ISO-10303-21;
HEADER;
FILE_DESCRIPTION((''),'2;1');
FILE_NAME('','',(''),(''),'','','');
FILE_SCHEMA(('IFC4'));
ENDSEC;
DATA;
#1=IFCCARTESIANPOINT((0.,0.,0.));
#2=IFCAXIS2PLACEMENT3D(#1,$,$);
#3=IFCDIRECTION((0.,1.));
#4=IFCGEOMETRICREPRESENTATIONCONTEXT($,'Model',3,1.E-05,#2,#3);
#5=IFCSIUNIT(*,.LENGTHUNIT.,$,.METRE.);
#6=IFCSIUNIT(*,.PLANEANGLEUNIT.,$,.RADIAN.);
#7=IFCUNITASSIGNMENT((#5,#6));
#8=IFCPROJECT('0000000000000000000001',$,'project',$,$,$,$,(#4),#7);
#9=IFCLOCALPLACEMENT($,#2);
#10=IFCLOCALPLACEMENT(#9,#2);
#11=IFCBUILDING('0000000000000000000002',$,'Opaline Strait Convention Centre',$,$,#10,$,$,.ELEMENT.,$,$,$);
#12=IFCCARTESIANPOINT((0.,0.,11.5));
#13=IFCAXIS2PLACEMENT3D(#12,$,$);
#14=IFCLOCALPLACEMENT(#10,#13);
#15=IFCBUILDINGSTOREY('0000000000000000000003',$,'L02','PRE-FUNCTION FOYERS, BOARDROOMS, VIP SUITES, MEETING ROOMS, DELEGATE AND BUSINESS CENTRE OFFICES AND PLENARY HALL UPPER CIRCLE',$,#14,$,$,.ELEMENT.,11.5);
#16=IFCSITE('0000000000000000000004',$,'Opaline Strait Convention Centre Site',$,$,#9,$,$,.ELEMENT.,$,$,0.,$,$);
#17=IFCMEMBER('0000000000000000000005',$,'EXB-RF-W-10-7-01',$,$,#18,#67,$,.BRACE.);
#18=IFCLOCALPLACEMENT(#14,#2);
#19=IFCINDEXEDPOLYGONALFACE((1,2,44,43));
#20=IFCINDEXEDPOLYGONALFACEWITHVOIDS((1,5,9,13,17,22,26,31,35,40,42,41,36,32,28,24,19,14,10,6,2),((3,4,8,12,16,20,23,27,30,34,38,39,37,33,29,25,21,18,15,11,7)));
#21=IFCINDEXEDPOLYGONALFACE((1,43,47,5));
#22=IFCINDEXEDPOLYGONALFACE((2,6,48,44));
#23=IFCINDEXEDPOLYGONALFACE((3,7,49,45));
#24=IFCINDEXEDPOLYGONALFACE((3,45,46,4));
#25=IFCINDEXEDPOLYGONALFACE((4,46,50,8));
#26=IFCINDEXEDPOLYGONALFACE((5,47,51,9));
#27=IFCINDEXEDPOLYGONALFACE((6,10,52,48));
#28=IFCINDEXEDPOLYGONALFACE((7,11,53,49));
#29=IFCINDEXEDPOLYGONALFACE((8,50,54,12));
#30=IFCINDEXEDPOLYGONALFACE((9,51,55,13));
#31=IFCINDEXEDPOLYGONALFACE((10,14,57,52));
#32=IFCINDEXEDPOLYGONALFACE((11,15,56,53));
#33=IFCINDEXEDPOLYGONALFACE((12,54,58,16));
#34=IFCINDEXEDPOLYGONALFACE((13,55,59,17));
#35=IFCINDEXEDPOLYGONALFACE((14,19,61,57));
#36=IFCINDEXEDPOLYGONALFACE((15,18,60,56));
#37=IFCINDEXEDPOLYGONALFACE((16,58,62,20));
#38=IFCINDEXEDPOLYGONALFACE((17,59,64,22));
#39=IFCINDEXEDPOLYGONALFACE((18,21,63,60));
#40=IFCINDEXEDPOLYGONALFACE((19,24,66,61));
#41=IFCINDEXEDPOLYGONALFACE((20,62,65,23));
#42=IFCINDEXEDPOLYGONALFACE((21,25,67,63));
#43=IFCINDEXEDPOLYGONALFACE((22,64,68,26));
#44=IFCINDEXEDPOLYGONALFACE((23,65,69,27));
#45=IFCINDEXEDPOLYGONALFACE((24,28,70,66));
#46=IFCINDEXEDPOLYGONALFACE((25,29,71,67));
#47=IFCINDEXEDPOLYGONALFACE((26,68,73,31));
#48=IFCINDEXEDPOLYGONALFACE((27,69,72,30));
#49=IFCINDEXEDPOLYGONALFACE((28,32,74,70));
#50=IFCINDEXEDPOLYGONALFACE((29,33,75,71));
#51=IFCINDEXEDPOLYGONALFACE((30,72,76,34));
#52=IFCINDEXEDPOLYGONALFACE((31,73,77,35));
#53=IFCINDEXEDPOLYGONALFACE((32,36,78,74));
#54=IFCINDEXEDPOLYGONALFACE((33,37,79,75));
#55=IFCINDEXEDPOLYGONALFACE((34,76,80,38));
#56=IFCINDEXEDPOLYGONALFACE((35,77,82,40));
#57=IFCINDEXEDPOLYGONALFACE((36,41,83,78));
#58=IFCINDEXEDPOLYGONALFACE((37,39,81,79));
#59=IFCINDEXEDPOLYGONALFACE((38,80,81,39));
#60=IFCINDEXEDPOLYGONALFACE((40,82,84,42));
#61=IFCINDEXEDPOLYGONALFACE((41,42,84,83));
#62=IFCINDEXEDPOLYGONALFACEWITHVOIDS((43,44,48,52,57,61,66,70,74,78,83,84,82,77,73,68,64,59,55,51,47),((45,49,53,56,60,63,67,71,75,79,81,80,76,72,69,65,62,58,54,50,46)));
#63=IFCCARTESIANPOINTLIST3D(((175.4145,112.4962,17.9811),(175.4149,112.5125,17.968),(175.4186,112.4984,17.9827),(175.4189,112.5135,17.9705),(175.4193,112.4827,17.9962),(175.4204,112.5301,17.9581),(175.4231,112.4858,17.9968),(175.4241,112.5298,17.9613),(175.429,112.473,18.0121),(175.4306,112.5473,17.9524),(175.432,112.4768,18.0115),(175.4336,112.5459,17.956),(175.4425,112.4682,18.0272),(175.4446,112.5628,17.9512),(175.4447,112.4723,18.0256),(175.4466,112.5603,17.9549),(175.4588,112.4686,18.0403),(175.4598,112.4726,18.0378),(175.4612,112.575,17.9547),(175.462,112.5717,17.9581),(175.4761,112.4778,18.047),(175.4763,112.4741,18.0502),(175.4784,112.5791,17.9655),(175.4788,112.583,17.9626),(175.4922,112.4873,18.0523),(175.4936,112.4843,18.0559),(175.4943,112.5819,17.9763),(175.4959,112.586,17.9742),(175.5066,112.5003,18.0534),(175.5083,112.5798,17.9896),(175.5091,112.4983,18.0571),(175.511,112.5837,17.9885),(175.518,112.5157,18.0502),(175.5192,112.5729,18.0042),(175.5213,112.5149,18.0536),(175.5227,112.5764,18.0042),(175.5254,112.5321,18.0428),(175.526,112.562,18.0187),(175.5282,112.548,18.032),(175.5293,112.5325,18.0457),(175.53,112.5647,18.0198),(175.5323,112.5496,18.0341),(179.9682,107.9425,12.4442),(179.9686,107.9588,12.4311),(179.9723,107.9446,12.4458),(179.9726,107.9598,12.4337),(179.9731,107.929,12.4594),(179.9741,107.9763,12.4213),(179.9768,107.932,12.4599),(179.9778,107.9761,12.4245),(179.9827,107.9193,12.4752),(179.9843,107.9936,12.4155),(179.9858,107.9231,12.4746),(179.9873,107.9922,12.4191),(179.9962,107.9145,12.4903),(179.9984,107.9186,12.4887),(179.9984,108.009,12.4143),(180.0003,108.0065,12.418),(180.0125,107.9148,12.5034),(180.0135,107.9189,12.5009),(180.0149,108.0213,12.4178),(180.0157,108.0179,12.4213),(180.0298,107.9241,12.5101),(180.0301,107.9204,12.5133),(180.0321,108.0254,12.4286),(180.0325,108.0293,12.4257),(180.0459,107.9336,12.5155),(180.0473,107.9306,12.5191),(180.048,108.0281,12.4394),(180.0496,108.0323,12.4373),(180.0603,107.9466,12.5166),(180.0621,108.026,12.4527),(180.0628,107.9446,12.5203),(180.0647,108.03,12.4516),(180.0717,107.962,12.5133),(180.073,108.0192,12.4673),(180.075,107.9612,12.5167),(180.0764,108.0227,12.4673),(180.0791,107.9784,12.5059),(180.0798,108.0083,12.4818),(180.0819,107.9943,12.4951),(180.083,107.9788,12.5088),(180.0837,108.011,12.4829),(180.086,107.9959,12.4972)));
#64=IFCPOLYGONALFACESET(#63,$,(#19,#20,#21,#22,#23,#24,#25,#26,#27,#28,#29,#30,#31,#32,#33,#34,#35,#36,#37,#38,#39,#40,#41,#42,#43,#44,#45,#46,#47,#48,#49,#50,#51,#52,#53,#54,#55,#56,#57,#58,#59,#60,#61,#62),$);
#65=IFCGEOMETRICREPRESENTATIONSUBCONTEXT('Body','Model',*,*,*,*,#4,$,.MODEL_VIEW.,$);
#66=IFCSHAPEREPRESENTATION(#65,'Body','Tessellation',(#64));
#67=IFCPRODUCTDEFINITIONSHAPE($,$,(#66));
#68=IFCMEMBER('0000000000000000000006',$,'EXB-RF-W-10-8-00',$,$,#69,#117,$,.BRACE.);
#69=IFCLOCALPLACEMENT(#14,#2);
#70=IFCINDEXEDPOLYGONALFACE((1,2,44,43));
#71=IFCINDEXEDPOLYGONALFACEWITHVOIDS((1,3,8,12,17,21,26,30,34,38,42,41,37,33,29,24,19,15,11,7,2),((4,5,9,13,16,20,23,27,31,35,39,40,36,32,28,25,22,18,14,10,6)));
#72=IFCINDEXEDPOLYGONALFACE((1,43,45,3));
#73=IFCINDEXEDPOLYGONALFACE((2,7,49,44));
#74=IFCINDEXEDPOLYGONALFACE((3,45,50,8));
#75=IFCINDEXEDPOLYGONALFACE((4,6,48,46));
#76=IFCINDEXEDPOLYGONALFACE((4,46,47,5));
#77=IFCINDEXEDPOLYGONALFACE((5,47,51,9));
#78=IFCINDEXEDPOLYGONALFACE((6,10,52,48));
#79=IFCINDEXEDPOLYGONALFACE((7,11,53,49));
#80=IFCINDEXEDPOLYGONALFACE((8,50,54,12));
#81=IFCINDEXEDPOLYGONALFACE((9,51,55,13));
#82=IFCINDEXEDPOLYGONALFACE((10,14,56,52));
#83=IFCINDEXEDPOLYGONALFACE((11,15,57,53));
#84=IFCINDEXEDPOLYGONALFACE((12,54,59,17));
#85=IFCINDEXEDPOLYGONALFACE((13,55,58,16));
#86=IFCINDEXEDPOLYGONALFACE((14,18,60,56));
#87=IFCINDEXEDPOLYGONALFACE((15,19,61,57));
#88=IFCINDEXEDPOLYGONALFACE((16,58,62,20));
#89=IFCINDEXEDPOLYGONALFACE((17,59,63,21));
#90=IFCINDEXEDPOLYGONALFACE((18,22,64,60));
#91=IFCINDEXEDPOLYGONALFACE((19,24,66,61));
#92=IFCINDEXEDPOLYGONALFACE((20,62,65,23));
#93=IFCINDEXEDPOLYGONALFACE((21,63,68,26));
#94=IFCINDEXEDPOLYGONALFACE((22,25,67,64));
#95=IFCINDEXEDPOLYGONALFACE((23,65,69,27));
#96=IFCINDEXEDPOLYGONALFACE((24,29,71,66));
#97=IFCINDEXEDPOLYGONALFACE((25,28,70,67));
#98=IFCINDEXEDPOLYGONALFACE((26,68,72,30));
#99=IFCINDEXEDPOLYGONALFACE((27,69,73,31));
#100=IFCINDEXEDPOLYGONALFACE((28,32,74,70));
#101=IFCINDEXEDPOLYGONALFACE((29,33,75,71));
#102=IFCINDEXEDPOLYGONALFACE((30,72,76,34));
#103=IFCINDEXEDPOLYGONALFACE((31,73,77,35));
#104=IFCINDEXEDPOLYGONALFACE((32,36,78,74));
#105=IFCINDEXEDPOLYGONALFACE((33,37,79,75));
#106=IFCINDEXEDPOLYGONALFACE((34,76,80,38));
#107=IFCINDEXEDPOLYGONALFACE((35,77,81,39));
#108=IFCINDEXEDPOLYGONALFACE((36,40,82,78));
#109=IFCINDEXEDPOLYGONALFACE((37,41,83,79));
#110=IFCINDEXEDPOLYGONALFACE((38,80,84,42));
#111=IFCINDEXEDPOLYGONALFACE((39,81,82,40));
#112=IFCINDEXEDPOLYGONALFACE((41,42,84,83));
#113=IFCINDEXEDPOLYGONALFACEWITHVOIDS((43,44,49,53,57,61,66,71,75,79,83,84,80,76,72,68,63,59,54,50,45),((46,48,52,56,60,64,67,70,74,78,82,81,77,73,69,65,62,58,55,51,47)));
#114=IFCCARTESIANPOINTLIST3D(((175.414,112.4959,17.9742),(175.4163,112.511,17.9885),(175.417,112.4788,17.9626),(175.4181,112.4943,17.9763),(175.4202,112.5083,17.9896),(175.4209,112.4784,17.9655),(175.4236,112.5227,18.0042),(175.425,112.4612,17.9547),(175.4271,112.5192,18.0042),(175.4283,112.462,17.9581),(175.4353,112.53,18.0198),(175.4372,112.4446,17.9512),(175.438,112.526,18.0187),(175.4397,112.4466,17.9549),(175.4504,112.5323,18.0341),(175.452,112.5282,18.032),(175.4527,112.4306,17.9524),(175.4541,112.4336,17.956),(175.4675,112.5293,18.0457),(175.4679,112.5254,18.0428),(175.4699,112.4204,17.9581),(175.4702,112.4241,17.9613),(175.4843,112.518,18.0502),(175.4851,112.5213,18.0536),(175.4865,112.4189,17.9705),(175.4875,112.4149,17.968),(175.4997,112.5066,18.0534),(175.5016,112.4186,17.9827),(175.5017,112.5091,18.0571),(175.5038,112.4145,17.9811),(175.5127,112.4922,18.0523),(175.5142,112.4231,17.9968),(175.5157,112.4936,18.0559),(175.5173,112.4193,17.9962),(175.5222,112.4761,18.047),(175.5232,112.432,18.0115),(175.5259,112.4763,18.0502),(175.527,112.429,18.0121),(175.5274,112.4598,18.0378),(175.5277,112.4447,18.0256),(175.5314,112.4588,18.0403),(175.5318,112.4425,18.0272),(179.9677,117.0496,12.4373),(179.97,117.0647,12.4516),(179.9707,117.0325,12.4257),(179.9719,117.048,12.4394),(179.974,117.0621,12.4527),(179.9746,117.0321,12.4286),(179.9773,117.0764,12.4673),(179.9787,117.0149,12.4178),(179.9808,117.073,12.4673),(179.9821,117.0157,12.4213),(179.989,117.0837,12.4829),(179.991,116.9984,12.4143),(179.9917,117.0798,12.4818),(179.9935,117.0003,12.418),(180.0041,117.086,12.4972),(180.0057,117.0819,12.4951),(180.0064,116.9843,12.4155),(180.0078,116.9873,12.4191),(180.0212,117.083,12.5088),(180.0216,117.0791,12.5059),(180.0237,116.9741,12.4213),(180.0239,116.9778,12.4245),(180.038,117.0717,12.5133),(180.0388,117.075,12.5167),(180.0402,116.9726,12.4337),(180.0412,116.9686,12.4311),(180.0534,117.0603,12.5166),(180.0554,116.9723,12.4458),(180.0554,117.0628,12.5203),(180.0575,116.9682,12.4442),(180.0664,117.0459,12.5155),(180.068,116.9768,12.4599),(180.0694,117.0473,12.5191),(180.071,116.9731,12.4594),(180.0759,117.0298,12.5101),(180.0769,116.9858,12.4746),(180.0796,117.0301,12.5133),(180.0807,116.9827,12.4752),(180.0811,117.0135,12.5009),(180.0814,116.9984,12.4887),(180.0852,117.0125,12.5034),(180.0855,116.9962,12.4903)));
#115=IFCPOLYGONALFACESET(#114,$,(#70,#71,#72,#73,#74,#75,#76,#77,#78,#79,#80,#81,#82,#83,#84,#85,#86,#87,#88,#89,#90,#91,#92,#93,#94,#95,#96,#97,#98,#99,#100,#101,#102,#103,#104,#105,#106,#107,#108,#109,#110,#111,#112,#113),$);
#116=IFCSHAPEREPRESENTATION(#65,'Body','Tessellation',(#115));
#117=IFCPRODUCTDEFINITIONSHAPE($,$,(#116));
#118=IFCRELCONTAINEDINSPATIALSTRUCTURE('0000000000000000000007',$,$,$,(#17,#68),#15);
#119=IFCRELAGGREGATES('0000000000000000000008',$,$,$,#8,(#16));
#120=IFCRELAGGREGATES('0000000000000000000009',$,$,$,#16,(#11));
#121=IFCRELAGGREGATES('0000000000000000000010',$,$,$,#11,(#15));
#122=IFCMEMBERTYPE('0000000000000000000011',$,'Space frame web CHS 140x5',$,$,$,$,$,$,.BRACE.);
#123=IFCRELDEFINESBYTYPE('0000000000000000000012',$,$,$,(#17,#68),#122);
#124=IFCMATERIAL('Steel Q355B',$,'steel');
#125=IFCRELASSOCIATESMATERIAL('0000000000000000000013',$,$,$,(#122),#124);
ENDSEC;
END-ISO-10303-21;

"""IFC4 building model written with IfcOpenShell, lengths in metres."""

from ifc_helpers import new_model, si_unit, direction, frame, origin, origin_2d, place, context, subcontext, project, spatial, hollow_circle, extrude, material, material_profile, profile_set, type_object, element, save


model = new_model("IFC4")

# Units and contexts
model_context = context("Model", 3, precision=1e-05, world=origin(), true_north=direction((0.0, 1.0)))
body_context = subcontext(model_context, "Body", "Model", "MODEL_VIEW")
ifc_project = project(units=[si_unit("LENGTHUNIT", "METRE"), si_unit("PLANEANGLEUNIT", "RADIAN")], contexts=[model_context])

# Site, building, storey
site_placement = place(None, origin())
site = spatial("IfcSite", under=ifc_project, at=site_placement, Name="Opaline Strait Convention Centre Site", CompositionType="ELEMENT", RefElevation=0.0)
building_placement = place(site_placement, origin())
building = spatial("IfcBuilding", under=site, at=building_placement, Name="Opaline Strait Convention Centre", CompositionType="ELEMENT")
storey_placement = place(building_placement, frame((0.0, 0.0, 11.5)))
storey = spatial("IfcBuildingStorey", under=building, at=storey_placement, Name="L02", Description="PRE-FUNCTION FOYERS, BOARDROOMS, VIP SUITES, MEETING ROOMS, DELEGATE AND BUSINESS CENTRE OFFICES AND PLENARY HALL UPPER CIRCLE", CompositionType="ELEMENT", Elevation=11.5)

# Members
ifc_material = material(Name="Steel Q355B", Category="steel")
ifc_material_profile_1 = material_profile(ifc_material, hollow_circle(Radius=0.0701, WallThickness=0.0049, at=origin_2d()), Name="CHS 140x5")
ifc_profile_set_1 = profile_set([ifc_material_profile_1], Name="Steel Q355B")
member_type_1 = type_object("IfcMemberType", Name="Space frame web CHS 140x5", PredefinedType="BRACE", material=ifc_profile_set_1)
for number, where, z_axis, x_axis, name in (
    (1, (175.4731, 112.5269, 18.0042), (0.536178, -0.536178, -0.65194), (0.707107, 0.707107, 0.0), "EXB-RF-W-10-7-01"),
    (2, (175.4731, 112.4731, 18.0042), (0.536178, 0.536178, -0.65194), (-0.707107, 0.707107, 0.0), "EXB-RF-W-10-8-00"),
):
    element("IfcMember", number, at=place(storey_placement, frame(where, z_axis=z_axis, x_axis=x_axis)), inside=storey, type_object=member_type_1, Name=name, PredefinedType="BRACE", context=body_context, shape_type="SweptSolid", body=[
        extrude(hollow_circle(Radius=0.0701, WallThickness=0.0049, at=origin_2d()), origin(), (0.0, 0.0, 1.0), 8.4929),
    ])

save(model, "model.ifc")
